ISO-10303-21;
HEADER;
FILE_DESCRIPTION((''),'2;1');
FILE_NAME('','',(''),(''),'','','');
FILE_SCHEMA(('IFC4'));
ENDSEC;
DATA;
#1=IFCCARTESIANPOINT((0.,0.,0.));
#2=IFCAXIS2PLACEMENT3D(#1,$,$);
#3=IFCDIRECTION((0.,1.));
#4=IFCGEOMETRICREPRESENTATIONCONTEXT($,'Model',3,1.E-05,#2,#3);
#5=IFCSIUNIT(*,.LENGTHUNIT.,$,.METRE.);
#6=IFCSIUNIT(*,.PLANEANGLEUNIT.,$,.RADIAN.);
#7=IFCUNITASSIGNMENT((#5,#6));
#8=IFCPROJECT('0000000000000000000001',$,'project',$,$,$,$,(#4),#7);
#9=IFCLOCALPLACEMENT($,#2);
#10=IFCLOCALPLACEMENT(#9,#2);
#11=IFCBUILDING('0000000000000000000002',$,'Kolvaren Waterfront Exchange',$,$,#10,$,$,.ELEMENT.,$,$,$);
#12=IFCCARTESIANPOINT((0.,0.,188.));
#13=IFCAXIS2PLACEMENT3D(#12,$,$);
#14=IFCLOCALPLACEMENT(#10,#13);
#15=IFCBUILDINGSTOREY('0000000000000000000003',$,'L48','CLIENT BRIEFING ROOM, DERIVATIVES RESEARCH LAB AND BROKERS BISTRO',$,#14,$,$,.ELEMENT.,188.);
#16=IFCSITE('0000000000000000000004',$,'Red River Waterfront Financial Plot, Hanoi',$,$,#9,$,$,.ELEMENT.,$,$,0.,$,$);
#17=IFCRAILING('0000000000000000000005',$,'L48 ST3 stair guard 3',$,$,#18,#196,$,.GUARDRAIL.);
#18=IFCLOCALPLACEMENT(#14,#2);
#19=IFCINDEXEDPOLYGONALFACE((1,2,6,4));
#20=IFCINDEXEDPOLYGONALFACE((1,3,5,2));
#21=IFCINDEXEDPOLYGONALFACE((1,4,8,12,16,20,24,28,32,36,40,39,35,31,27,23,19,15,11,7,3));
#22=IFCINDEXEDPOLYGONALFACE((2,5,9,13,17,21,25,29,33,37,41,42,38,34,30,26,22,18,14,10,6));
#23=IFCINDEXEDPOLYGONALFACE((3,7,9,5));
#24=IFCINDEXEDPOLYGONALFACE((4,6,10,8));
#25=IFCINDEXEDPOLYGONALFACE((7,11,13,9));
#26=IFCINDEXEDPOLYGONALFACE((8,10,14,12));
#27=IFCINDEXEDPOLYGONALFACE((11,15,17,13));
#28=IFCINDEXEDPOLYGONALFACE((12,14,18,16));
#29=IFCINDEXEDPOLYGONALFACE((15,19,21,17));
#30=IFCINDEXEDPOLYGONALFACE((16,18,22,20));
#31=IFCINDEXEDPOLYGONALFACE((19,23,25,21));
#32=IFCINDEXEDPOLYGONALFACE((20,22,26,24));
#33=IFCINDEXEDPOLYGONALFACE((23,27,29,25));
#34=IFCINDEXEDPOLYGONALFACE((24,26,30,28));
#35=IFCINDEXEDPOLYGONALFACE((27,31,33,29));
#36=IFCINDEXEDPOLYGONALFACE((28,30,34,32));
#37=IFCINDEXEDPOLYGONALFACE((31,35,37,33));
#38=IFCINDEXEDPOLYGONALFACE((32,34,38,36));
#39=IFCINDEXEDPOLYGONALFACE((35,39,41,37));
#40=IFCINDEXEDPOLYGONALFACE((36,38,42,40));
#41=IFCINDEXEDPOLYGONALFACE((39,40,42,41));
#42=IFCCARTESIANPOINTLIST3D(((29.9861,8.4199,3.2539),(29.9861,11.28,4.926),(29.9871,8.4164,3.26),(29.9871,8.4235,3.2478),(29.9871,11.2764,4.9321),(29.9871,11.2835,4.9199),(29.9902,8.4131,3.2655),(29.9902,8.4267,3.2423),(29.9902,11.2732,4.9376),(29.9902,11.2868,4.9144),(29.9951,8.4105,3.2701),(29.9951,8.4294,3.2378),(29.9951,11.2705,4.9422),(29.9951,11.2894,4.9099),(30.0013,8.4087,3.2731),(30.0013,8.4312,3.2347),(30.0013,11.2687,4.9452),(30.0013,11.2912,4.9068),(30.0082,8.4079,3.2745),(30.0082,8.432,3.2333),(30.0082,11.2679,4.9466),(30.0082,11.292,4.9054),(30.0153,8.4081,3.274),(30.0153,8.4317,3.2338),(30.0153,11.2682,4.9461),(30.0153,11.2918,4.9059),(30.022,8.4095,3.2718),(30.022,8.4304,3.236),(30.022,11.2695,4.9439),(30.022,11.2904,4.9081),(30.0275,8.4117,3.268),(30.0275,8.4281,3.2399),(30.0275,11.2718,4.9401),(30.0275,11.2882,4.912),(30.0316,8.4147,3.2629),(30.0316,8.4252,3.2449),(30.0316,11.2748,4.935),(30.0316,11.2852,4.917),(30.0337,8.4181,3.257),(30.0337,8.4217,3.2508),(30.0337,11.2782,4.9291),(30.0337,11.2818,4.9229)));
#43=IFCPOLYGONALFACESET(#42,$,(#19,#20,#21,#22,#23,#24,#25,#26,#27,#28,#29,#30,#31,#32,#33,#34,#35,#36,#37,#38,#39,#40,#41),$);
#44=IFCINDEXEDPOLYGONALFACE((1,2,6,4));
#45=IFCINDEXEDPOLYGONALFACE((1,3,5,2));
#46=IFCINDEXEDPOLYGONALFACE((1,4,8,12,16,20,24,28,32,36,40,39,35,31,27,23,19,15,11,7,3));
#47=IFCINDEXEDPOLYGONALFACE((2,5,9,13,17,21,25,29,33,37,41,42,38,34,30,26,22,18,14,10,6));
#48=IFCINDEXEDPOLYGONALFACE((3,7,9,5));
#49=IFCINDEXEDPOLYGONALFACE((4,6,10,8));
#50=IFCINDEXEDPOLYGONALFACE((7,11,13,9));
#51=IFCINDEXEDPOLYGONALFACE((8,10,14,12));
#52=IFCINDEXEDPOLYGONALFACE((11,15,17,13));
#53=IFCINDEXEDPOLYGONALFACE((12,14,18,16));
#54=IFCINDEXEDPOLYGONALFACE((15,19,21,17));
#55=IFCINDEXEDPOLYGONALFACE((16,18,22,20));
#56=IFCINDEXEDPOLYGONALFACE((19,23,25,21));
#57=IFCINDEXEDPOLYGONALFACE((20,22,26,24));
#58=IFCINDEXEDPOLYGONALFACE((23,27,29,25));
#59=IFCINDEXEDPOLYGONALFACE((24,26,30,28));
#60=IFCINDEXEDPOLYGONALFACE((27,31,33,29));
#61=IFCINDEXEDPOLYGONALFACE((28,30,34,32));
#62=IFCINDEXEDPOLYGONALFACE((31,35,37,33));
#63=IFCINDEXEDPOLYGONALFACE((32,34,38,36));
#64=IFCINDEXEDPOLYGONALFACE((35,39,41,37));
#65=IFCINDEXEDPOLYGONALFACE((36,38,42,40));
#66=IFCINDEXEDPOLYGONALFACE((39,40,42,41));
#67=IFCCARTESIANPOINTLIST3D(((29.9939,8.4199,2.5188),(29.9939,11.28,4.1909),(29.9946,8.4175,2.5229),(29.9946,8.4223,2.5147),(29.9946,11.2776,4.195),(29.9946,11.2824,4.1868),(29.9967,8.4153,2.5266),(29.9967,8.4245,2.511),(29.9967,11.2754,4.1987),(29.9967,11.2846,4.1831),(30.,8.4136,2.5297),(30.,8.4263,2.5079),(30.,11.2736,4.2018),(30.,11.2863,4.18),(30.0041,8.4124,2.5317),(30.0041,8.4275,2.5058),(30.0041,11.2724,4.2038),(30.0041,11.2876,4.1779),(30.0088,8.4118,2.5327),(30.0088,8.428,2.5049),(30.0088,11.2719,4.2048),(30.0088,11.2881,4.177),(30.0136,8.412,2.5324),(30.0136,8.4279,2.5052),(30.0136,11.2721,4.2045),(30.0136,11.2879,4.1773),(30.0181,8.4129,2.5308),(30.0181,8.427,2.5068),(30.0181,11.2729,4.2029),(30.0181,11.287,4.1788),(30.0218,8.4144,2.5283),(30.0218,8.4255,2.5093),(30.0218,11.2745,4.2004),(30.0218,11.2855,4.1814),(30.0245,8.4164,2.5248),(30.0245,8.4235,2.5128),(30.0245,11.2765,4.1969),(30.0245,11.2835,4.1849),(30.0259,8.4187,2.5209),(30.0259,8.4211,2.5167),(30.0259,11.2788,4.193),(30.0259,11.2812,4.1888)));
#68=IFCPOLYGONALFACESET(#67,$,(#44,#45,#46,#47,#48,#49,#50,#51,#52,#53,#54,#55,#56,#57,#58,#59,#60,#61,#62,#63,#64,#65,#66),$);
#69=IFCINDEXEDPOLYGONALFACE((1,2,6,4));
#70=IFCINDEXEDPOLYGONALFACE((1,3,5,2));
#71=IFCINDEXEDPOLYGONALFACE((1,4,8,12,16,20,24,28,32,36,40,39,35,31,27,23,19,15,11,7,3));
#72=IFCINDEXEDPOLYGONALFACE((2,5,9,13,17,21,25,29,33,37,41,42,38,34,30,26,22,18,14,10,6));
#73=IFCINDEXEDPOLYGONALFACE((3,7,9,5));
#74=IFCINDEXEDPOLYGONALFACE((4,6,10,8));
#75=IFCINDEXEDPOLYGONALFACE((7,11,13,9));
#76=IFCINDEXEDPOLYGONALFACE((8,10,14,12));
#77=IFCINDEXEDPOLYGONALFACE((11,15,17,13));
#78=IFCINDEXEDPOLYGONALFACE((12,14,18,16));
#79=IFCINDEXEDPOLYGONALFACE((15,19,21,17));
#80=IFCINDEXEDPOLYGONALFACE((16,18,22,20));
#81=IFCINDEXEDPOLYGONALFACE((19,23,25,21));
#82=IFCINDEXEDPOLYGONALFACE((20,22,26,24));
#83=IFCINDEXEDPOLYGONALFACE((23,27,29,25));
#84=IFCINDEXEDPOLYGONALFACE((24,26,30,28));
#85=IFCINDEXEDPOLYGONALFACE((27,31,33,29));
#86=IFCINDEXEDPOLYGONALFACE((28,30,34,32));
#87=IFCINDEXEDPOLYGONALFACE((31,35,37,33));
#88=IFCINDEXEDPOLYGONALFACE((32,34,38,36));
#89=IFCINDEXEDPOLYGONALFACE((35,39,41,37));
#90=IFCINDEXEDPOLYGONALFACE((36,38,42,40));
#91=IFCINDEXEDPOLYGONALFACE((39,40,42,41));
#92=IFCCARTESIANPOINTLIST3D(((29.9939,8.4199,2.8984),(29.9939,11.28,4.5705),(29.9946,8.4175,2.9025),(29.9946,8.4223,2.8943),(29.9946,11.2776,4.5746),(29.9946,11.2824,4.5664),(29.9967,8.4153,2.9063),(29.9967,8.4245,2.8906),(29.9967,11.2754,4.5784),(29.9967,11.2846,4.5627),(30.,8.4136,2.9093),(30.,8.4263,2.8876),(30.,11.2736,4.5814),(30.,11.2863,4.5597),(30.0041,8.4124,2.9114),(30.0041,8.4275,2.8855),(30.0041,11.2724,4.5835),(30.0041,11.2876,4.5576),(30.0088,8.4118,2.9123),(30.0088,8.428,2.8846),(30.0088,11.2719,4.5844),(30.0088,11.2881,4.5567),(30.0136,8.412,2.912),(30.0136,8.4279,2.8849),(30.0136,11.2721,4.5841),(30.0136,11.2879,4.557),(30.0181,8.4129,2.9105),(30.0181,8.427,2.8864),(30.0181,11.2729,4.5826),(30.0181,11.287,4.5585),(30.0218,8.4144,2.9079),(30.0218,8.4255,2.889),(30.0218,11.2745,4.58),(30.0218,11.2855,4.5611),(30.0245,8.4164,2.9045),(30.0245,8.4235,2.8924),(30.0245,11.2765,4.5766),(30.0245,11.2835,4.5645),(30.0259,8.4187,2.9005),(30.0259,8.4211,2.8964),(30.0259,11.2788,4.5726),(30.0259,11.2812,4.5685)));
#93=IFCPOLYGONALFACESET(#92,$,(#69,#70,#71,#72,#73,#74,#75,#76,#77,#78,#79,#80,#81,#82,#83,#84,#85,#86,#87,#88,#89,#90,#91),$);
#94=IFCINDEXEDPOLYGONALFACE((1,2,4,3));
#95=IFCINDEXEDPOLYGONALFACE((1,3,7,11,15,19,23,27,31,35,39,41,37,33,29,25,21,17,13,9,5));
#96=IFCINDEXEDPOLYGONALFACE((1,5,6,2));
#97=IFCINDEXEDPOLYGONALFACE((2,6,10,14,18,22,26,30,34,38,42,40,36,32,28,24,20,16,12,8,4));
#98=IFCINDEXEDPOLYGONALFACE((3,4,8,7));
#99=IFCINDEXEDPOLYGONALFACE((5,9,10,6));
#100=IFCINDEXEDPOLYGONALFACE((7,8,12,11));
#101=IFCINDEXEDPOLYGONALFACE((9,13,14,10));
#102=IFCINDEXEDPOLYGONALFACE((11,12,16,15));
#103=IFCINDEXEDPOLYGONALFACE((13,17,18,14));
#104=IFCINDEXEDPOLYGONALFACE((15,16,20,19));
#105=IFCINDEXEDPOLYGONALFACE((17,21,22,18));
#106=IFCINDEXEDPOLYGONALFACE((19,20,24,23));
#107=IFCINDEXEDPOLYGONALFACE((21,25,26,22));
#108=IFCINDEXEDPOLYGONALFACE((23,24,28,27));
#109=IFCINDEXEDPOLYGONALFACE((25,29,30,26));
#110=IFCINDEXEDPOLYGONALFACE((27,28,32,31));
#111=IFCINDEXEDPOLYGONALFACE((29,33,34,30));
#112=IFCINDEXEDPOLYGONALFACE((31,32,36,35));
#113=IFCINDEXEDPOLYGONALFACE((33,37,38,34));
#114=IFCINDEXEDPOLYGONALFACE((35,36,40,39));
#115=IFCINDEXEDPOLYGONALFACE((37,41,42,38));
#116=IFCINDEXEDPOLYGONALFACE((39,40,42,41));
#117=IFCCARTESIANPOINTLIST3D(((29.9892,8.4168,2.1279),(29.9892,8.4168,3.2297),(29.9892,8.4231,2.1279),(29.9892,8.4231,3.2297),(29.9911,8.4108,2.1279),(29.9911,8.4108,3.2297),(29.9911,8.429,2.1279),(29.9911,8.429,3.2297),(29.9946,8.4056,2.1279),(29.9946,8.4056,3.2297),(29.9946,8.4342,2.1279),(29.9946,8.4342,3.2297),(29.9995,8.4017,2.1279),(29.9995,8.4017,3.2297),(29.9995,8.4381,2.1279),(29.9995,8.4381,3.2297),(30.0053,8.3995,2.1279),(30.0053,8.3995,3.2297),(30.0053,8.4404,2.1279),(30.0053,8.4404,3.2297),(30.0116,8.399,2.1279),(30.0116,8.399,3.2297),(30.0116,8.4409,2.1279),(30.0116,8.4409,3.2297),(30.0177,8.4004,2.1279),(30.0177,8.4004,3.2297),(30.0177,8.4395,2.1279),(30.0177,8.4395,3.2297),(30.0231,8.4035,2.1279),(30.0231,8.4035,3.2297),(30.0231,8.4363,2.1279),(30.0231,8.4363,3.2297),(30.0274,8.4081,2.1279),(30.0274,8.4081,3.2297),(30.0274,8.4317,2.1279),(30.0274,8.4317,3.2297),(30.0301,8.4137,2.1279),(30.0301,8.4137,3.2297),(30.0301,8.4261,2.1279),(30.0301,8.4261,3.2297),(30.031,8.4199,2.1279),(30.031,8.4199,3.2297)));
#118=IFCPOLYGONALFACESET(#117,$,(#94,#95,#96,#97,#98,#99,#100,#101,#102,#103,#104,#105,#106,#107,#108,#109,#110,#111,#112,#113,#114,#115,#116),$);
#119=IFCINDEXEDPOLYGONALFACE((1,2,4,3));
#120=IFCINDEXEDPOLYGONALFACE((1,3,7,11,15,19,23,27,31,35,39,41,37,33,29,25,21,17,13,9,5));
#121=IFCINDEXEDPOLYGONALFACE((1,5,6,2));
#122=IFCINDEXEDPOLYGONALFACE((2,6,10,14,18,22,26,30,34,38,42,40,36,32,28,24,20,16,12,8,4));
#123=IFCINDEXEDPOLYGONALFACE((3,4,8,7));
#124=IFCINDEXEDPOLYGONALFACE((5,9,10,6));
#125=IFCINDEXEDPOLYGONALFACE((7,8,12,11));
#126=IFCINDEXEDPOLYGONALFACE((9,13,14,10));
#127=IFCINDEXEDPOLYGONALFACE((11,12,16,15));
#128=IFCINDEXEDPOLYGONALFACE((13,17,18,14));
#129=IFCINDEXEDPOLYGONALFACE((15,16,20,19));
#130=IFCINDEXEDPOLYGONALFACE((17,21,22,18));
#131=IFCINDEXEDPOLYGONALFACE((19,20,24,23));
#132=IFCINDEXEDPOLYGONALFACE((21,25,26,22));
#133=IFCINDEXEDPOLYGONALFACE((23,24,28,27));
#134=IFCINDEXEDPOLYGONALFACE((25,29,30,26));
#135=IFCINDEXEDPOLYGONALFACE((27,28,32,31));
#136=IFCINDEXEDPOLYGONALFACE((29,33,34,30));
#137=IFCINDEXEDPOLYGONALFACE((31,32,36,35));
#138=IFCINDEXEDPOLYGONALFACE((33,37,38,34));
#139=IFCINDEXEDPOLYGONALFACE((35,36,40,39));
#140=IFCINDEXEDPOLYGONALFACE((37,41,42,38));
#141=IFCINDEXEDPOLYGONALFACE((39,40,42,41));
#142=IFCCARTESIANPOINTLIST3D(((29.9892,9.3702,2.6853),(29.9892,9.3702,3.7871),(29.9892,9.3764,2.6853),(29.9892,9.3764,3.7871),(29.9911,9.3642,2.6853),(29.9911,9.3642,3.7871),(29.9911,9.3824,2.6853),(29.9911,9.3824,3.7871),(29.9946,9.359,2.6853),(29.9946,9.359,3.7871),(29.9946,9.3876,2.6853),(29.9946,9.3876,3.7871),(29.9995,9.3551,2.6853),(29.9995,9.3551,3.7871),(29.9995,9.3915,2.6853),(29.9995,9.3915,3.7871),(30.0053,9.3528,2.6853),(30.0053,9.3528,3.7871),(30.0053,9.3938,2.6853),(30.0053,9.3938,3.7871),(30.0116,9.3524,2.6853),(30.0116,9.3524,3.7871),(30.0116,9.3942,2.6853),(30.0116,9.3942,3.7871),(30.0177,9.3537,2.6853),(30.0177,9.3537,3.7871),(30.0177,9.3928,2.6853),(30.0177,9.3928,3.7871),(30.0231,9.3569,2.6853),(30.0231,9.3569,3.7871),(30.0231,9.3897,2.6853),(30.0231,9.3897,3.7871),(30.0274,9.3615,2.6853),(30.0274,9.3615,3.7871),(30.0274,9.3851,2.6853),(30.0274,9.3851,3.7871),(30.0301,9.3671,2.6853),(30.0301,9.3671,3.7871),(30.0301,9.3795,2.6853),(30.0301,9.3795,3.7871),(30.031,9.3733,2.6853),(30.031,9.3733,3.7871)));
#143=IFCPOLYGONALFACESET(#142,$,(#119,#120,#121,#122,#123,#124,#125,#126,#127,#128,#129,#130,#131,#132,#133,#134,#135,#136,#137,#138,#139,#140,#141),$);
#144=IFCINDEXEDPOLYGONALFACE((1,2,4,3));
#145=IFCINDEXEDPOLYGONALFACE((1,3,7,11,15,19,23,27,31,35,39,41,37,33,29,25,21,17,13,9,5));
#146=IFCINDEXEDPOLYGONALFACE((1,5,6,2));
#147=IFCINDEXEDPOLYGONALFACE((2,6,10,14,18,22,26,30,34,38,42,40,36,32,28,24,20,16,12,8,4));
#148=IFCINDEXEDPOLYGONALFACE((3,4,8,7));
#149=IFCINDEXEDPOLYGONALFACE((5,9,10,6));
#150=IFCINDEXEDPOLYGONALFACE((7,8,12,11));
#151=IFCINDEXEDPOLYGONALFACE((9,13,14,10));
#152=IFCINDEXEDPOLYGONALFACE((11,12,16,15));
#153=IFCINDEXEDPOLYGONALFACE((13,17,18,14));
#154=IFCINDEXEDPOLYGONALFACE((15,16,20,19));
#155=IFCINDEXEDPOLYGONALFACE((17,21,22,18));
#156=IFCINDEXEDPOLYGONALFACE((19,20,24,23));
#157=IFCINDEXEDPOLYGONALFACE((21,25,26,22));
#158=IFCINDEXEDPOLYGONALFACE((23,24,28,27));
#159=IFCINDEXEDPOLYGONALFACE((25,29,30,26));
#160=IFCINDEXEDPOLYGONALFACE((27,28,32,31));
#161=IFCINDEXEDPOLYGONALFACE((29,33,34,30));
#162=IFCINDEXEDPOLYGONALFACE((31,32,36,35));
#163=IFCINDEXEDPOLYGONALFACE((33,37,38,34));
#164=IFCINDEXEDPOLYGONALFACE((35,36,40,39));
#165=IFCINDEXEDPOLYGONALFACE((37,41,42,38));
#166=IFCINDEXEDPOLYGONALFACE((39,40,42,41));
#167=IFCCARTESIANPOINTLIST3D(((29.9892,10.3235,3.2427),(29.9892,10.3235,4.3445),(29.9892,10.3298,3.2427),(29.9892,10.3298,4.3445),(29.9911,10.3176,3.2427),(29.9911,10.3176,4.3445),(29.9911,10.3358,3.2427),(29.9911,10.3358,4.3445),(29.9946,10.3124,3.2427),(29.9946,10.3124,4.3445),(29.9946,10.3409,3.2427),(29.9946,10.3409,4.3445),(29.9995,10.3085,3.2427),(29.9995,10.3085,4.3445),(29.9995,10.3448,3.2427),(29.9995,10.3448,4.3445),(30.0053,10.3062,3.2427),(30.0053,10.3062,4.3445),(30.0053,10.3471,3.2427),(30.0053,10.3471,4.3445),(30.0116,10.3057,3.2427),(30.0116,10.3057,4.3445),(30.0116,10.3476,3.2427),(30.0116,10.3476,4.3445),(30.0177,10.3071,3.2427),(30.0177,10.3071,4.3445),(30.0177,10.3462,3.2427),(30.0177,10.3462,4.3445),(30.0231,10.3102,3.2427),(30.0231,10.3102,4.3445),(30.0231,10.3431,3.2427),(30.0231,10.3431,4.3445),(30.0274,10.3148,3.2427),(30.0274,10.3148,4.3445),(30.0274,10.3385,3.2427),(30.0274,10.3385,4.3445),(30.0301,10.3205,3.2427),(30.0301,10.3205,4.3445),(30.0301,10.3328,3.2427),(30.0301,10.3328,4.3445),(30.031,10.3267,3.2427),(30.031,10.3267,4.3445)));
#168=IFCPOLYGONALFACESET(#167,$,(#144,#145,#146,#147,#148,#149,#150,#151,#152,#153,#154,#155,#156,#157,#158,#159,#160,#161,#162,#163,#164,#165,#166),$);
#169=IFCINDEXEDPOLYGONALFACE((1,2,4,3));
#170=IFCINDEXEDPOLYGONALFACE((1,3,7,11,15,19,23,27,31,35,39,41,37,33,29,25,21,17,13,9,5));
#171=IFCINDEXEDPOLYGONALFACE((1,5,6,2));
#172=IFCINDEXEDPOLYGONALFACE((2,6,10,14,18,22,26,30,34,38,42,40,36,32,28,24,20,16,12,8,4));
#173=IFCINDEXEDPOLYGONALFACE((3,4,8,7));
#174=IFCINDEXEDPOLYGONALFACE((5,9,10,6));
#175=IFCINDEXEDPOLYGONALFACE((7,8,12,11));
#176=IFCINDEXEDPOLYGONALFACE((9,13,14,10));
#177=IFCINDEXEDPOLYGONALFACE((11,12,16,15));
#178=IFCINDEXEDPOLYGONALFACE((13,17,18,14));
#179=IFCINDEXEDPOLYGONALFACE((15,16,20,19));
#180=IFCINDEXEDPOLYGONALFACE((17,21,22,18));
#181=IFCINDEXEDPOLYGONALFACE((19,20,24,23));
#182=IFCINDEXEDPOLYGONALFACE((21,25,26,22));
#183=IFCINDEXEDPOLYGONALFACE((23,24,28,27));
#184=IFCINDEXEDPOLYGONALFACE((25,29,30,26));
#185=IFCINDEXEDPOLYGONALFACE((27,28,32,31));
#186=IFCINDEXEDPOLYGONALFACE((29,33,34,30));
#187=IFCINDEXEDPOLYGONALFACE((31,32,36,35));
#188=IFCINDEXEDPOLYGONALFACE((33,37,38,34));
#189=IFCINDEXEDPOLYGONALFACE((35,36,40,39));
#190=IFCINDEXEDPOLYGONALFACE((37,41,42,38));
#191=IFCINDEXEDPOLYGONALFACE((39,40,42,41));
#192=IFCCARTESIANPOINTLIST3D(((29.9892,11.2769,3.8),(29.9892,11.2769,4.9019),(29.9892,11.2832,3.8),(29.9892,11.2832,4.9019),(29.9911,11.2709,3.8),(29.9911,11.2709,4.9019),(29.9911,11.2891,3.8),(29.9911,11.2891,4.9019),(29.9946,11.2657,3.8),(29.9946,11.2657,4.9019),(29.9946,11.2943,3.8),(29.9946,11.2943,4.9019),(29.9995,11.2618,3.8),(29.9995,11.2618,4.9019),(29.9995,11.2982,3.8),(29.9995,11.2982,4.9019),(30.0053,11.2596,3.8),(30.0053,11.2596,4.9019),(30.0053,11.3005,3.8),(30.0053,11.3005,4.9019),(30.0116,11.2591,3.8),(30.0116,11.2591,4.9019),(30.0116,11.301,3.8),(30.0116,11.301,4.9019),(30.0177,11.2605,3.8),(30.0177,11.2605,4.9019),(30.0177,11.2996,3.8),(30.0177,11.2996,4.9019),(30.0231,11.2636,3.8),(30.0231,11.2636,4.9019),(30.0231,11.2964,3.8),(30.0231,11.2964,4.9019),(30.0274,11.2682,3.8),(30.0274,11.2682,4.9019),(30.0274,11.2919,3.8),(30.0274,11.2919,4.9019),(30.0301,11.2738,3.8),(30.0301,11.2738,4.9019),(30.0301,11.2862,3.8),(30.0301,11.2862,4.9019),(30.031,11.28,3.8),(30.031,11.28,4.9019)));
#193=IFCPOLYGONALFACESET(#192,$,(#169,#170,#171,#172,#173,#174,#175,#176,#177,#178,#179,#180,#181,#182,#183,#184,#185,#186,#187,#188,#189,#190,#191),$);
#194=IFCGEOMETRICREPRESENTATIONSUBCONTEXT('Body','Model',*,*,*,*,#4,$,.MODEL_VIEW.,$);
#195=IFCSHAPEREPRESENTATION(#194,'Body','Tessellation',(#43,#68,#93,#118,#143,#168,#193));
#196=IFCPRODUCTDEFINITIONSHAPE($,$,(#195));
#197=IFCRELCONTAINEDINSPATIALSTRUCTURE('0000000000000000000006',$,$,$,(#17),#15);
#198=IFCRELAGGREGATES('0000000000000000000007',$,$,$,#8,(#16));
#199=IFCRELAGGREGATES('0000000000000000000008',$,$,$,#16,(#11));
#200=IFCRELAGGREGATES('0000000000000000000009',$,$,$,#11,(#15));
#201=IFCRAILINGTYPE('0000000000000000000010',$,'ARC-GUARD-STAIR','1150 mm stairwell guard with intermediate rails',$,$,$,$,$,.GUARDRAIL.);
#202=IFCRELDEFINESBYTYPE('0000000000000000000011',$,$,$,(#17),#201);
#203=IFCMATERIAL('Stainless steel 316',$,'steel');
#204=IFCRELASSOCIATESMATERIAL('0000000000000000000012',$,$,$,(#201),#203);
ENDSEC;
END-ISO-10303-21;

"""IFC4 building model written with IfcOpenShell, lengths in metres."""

from ifc_helpers import new_model, si_unit, direction, frame, origin, origin_2d, place, context, subcontext, project, spatial, circle, extrude, material, type_object, element, save


model = new_model("IFC4")

# Units and contexts
model_context = context("Model", 3, precision=1e-05, world=origin(), true_north=direction((0.0, 1.0)))
body_context = subcontext(model_context, "Body", "Model", "MODEL_VIEW")
ifc_project = project(units=[si_unit("LENGTHUNIT", "METRE"), si_unit("PLANEANGLEUNIT", "RADIAN")], contexts=[model_context])

# Site, building, storey
site_placement = place(None, origin())
site = spatial("IfcSite", under=ifc_project, at=site_placement, Name="Red River Waterfront Financial Plot, Hanoi", CompositionType="ELEMENT", RefElevation=0.0)
building_placement = place(site_placement, origin())
building = spatial("IfcBuilding", under=site, at=building_placement, Name="Kolvaren Waterfront Exchange", CompositionType="ELEMENT")
storey_placement = place(building_placement, frame((0.0, 0.0, 188.0)))
storey = spatial("IfcBuildingStorey", under=building, at=storey_placement, Name="L48", Description="CLIENT BRIEFING ROOM, DERIVATIVES RESEARCH LAB AND BROKERS BISTRO", CompositionType="ELEMENT", Elevation=188.0)

# Railing
ifc_material_1 = material(Name="Stainless steel 316", Category="steel")
railing_type_1 = type_object("IfcRailingType", Name="ARC-GUARD-STAIR", Description="1150 mm stairwell guard with intermediate rails", PredefinedType="GUARDRAIL", material=ifc_material_1)
railing_1_placement = place(storey_placement, frame((30.01, 8.4199, 2.1279)))
element("IfcRailing", 1, at=railing_1_placement, inside=storey, type_object=railing_type_1, Name="L48 ST3 stair guard 3", PredefinedType="GUARDRAIL", context=body_context, shape_type="SweptSolid", body=[
    extrude(circle(Radius=0.0239, at=origin_2d()), frame((0.0, 0.0, 1.126), z_axis=(0.0, 0.863289, 0.504709), x_axis=(-1.0, 0.0, 0.0)), (0.0, 0.0, 1.0), 3.313),
    extrude(circle(Radius=0.0161, at=origin_2d()), frame((0.0, 0.0, 0.3909), z_axis=(0.0, 0.863289, 0.504709), x_axis=(-1.0, 0.0, 0.0)), (0.0, 0.0, 1.0), 3.313),
    extrude(circle(Radius=0.0161, at=origin_2d()), frame((0.0, 0.0, 0.7705), z_axis=(0.0, 0.863289, 0.504709), x_axis=(-1.0, 0.0, 0.0)), (0.0, 0.0, 1.0), 3.313),
    extrude(circle(Radius=0.021, at=origin_2d()), origin(), (0.0, 0.0, 1.0), 1.1018),
    extrude(circle(Radius=0.021, at=origin_2d()), frame((0.0, 0.9534, 0.5574)), (0.0, 0.0, 1.0), 1.1018),
    extrude(circle(Radius=0.021, at=origin_2d()), frame((0.0, 1.9067, 1.1147)), (0.0, 0.0, 1.0), 1.1018),
    extrude(circle(Radius=0.021, at=origin_2d()), frame((0.0, 2.8601, 1.6721)), (0.0, 0.0, 1.0), 1.1018),
])

save(model, "model.ifc")
